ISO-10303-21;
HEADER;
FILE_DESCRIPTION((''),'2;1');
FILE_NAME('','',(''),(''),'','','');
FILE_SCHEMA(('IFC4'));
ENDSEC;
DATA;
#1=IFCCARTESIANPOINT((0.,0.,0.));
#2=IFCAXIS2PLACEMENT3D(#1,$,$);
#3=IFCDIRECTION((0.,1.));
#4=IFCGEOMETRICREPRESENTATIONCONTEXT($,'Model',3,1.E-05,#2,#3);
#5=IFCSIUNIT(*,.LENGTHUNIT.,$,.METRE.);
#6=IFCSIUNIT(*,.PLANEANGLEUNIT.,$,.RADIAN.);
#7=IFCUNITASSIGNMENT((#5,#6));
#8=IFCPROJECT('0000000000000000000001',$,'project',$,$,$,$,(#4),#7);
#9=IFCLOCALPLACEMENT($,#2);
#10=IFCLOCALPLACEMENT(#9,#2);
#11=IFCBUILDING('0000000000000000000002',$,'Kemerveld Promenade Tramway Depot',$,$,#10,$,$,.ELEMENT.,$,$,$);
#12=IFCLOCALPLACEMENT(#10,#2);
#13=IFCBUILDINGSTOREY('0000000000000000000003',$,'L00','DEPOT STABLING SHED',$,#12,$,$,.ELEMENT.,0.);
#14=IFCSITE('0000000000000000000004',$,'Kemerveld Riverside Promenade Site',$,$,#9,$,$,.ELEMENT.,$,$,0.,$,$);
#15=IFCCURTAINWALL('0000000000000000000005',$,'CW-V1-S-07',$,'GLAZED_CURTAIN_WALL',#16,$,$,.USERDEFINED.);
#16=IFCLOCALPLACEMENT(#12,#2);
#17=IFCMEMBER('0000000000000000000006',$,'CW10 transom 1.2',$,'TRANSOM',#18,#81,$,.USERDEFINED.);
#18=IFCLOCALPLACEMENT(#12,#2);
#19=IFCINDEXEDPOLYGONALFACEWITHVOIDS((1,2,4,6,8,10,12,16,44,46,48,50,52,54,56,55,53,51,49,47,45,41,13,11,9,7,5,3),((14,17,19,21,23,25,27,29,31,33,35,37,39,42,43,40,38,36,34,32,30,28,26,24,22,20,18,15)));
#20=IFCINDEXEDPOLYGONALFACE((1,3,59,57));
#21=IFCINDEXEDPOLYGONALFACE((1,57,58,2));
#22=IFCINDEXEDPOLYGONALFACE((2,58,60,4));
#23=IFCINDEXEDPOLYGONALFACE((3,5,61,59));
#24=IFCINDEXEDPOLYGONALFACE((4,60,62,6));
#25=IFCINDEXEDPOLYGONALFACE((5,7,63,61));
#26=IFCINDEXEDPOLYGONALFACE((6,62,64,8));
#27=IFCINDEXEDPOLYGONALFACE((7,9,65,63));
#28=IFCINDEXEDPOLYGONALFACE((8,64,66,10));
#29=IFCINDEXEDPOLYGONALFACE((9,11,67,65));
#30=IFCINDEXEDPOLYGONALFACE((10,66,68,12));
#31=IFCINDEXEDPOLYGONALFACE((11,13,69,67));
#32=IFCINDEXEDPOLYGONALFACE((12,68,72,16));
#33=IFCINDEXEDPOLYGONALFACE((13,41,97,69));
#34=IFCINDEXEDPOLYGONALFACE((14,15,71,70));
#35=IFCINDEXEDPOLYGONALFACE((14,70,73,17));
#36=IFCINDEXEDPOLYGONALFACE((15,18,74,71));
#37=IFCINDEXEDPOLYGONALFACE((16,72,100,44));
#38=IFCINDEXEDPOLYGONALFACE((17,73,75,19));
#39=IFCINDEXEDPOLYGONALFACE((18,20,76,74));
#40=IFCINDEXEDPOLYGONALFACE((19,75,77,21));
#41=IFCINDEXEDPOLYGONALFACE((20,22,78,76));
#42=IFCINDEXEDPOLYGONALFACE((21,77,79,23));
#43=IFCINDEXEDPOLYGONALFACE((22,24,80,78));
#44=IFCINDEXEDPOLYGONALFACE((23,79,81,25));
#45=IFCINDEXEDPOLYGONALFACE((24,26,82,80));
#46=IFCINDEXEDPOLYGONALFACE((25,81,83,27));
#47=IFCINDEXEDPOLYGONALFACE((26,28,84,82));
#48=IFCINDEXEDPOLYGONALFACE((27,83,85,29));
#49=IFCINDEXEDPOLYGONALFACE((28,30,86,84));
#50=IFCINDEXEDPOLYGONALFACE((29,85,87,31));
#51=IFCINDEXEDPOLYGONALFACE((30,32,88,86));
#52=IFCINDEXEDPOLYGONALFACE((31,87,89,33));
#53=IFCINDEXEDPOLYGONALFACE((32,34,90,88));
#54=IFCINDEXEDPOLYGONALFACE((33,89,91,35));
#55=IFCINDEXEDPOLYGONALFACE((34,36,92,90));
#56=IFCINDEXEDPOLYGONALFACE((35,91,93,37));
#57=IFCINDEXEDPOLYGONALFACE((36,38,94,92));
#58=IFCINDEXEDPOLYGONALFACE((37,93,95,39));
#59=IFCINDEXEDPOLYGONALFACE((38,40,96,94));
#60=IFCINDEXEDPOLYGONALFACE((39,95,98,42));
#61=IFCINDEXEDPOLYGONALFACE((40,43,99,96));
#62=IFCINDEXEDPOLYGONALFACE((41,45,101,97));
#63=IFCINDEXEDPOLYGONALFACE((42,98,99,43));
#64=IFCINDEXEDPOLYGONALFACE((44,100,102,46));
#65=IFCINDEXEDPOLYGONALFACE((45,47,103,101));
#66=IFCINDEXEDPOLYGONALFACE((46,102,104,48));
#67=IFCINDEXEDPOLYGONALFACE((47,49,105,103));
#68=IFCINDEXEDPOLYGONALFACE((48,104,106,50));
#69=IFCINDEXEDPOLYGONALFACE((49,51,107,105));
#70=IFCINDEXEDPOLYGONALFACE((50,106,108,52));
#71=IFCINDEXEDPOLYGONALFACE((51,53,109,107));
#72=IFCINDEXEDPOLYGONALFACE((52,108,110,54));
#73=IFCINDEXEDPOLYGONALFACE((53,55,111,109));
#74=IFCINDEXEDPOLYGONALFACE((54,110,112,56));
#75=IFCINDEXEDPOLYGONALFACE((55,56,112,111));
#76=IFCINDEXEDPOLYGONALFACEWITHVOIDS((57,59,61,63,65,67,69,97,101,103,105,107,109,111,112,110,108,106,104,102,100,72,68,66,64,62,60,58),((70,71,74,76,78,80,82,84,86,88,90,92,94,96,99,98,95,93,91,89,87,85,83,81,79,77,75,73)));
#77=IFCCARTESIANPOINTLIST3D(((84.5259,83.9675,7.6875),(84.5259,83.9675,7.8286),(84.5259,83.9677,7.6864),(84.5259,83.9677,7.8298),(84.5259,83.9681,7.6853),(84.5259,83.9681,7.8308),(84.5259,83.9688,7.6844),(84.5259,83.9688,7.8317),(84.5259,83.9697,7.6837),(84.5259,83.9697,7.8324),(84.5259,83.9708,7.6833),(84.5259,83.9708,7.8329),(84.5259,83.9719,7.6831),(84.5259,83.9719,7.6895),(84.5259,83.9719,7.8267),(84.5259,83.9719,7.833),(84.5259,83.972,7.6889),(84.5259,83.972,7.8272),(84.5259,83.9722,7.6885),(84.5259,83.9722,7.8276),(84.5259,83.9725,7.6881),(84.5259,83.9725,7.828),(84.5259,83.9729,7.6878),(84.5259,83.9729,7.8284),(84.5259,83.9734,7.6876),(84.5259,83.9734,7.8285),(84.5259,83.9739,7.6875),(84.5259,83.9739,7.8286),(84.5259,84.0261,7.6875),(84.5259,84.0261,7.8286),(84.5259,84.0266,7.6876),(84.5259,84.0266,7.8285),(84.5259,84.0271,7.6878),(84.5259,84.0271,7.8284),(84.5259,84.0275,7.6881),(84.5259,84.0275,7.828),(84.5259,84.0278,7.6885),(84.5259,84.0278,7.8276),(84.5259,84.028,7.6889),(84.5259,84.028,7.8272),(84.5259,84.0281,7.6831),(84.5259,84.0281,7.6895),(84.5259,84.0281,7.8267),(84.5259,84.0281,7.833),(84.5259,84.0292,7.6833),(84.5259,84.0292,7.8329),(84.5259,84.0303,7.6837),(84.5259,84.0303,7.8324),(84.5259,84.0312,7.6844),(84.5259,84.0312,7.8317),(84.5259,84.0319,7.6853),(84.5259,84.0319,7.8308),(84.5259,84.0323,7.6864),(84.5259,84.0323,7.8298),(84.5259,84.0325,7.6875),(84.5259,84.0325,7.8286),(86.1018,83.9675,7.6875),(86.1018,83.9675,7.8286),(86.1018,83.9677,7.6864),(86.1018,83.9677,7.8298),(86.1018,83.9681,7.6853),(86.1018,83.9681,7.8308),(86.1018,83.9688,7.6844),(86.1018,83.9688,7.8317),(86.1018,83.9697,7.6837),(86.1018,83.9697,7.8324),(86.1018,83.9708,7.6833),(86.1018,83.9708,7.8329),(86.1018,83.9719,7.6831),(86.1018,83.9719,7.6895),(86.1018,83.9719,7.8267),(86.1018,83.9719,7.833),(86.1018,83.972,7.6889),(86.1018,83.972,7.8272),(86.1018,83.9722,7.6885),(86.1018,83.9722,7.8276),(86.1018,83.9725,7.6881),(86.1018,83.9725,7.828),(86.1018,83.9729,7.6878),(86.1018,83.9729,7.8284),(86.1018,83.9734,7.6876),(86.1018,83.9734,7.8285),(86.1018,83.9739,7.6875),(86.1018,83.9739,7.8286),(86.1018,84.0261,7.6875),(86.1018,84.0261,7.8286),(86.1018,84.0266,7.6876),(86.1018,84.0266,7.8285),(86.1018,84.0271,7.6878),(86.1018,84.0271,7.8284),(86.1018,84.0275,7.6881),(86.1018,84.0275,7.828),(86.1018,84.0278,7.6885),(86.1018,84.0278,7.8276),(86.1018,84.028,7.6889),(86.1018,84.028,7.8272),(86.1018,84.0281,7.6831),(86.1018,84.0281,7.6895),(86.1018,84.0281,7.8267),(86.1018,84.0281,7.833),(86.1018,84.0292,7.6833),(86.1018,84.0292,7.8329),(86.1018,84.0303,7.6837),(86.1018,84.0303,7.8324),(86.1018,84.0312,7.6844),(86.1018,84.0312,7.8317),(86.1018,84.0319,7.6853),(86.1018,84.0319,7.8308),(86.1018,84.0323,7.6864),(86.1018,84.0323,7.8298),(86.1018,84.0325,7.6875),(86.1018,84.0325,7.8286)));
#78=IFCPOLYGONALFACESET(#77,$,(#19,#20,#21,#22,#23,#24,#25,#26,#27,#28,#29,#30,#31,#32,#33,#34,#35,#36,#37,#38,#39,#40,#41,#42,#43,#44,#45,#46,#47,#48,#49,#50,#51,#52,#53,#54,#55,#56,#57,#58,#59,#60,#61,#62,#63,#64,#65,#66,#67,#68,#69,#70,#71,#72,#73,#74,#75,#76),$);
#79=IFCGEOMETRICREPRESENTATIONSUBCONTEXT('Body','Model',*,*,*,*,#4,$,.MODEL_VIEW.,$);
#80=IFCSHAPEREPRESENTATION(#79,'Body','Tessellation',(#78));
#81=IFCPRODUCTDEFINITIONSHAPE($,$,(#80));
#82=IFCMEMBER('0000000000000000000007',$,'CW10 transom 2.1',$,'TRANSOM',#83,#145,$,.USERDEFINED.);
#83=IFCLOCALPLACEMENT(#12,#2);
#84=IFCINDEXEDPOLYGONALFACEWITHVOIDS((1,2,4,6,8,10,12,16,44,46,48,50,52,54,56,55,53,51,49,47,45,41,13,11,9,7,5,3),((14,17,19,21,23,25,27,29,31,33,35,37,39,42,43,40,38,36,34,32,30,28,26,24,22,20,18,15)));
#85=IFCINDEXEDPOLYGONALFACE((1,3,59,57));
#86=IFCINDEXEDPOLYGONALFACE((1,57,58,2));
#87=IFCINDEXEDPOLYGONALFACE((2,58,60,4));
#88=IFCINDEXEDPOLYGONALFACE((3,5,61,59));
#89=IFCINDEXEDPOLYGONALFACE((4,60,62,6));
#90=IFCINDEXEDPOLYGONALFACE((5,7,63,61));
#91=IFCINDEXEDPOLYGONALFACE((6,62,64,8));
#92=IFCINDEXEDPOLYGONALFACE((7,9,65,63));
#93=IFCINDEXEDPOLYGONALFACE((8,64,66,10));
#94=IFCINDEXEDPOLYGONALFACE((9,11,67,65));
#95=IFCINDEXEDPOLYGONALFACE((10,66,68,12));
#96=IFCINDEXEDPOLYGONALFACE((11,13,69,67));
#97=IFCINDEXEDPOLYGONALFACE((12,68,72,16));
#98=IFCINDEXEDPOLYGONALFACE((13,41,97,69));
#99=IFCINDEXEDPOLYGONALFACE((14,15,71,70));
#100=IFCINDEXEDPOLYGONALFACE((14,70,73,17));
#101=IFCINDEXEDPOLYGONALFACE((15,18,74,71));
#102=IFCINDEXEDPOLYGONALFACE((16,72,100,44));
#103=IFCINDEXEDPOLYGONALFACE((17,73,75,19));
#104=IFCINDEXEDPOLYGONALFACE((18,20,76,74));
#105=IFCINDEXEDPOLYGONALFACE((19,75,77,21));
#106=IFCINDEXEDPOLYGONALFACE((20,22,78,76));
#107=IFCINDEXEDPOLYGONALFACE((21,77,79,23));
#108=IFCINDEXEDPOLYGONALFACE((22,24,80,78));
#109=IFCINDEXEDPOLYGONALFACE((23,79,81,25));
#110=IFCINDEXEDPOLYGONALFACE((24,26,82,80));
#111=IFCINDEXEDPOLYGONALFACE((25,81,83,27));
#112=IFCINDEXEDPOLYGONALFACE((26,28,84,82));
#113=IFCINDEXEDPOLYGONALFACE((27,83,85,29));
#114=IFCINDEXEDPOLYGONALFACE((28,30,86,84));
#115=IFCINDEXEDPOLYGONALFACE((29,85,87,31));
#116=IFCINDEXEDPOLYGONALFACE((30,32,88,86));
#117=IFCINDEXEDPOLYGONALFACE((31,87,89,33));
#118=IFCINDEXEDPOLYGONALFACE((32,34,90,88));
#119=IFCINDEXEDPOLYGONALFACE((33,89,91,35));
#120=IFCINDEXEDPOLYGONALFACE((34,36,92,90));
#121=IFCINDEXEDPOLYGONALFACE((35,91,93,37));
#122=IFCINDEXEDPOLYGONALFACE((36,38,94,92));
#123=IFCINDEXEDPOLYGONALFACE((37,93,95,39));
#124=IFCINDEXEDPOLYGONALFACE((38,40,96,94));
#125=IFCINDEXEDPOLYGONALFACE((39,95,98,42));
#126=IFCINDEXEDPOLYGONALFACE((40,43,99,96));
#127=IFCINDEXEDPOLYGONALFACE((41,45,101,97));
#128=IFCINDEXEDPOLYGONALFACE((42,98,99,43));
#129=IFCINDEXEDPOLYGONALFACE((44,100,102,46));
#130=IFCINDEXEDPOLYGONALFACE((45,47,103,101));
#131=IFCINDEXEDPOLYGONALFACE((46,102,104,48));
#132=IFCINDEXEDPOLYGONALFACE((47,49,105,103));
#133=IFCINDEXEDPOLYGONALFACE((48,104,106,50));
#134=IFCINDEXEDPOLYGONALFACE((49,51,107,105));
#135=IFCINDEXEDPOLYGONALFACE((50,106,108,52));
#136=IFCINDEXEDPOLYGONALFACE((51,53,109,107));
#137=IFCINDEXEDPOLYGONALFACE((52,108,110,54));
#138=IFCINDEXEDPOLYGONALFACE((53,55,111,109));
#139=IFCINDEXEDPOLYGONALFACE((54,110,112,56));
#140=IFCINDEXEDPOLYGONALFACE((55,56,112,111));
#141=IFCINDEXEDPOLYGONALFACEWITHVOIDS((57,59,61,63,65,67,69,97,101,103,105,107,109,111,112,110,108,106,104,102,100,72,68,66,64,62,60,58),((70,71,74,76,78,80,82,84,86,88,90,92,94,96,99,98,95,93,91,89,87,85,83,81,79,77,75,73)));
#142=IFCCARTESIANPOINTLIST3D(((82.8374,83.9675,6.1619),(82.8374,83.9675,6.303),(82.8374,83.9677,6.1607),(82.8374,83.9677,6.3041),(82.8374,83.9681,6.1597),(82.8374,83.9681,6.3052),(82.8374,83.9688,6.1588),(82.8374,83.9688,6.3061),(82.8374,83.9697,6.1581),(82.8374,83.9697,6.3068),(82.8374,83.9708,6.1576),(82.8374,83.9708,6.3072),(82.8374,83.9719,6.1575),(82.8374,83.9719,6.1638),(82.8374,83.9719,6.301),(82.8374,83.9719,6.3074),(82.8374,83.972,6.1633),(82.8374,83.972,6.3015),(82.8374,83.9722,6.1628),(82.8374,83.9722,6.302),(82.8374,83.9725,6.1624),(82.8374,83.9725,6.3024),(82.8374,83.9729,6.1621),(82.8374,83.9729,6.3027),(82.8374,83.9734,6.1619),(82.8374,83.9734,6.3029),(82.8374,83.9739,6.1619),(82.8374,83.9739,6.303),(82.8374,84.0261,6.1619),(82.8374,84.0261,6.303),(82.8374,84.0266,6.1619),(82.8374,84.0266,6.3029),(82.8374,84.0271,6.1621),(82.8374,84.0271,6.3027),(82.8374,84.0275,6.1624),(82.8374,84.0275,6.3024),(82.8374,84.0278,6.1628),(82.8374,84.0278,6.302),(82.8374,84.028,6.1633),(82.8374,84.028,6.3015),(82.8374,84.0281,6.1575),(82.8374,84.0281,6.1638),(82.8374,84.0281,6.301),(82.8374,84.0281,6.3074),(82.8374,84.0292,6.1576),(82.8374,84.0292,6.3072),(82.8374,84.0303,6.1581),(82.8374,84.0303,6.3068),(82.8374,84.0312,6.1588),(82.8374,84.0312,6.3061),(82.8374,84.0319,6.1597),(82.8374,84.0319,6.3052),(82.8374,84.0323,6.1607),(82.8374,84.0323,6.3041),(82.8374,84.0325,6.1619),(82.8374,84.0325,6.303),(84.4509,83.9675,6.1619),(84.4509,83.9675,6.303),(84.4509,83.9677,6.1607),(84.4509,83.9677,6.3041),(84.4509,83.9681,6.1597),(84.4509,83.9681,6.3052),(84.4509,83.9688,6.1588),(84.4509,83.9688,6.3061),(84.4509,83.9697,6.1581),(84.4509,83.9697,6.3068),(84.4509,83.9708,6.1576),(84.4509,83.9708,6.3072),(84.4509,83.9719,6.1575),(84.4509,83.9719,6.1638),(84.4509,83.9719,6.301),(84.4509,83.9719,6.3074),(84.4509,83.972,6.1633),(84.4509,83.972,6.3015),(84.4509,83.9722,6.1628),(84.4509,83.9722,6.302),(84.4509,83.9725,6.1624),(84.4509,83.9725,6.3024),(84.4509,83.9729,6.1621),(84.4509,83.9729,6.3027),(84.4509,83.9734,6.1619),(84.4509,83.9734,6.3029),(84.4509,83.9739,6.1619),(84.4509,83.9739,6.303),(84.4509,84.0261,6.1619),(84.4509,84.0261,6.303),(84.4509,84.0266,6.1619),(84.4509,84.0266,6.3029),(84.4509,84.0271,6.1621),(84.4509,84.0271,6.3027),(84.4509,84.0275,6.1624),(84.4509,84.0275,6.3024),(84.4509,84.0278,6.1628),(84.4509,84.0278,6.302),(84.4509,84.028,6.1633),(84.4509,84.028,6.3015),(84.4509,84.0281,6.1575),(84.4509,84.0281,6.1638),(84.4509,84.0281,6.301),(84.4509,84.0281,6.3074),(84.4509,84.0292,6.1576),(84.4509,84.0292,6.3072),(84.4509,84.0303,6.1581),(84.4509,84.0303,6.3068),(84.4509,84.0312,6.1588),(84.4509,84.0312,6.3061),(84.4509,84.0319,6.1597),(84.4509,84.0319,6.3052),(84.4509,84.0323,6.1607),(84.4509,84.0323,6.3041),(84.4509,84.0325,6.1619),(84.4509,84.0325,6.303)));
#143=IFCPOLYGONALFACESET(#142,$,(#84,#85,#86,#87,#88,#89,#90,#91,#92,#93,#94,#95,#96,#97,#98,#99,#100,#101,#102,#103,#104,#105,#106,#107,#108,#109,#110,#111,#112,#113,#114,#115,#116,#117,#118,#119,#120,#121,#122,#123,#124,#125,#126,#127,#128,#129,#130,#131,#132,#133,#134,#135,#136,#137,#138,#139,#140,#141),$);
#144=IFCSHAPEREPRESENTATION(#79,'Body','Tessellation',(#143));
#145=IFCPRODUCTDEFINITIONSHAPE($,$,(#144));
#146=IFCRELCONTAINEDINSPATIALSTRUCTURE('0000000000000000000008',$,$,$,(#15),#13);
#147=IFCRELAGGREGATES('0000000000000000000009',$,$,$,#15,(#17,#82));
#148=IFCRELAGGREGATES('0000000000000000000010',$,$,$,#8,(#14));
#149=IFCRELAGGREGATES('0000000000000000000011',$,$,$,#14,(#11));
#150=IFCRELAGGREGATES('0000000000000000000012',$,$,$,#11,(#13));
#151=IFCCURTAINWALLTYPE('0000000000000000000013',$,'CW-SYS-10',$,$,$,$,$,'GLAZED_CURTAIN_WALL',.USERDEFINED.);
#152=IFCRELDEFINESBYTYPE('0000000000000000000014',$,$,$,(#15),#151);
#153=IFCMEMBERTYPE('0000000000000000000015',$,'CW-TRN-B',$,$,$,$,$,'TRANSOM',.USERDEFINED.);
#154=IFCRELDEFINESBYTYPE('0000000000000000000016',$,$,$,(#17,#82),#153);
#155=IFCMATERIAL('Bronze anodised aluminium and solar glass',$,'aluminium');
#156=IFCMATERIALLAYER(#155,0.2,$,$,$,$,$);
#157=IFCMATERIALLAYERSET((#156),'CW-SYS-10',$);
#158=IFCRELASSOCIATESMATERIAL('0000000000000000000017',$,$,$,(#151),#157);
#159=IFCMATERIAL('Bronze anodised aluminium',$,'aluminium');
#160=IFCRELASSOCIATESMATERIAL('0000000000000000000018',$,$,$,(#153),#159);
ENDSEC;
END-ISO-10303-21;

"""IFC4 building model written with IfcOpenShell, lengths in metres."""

from ifc_helpers import new_model, si_unit, direction, frame, origin, origin_2d, place, context, subcontext, project, spatial, hollow_rectangle, extrude, material, layer, layer_set, material_profile, profile_set, type_object, element, aggregate, save


model = new_model("IFC4")

# Units and contexts
model_context = context("Model", 3, precision=1e-05, world=origin(), true_north=direction((0.0, 1.0)))
body_context = subcontext(model_context, "Body", "Model", "MODEL_VIEW")
ifc_project = project(units=[si_unit("LENGTHUNIT", "METRE"), si_unit("PLANEANGLEUNIT", "RADIAN")], contexts=[model_context])

# Site, building, storey
site_placement = place(None, origin())
site = spatial("IfcSite", under=ifc_project, at=site_placement, Name="Kemerveld Riverside Promenade Site", CompositionType="ELEMENT", RefElevation=0.0)
building_placement = place(site_placement, origin())
building = spatial("IfcBuilding", under=site, at=building_placement, Name="Kemerveld Promenade Tramway Depot", CompositionType="ELEMENT")
storey_placement = place(building_placement, origin())
storey = spatial("IfcBuildingStorey", under=building, at=storey_placement, Name="L00", Description="DEPOT STABLING SHED", CompositionType="ELEMENT", Elevation=0.0)

# Curtain wall
ifc_material_1 = material(Name="Bronze anodised aluminium and solar glass", Category="aluminium")
ifc_material_2 = material(Name="Bronze anodised aluminium", Category="aluminium")
ifc_layer_1 = layer(ifc_material_1, 0.2)
ifc_layer_set_1 = layer_set([ifc_layer_1], Name="CW-SYS-10")
curtain_wall_type_1 = type_object("IfcCurtainWallType", Name="CW-SYS-10", ElementType="GLAZED_CURTAIN_WALL", PredefinedType="USERDEFINED", material=ifc_layer_set_1)
curtain_wall_1_placement = place(storey_placement, origin())
curtain_wall_1 = element("IfcCurtainWall", 1, at=curtain_wall_1_placement, inside=storey, type_object=curtain_wall_type_1, Name="CW-V1-S-07", ObjectType="GLAZED_CURTAIN_WALL", PredefinedType="USERDEFINED")

# Members
ifc_material_profile_1 = material_profile(ifc_material_2, hollow_rectangle(XDim=0.0649, YDim=0.1499, WallThickness=0.0044, InnerFilletRadius=0.002, OuterFilletRadius=0.0044, at=origin_2d()), Name="CW-TRN-150x65")
ifc_profile_set_1 = profile_set([ifc_material_profile_1], Name="Bronze anodised aluminium")
member_type_1 = type_object("IfcMemberType", Name="CW-TRN-B", ElementType="TRANSOM", PredefinedType="USERDEFINED", material=ifc_profile_set_1)
member_1_placement = place(storey_placement, frame((86.1018, 84.0, 7.7581), z_axis=(-1.0, 0.0, 0.0), x_axis=(0.0, -1.0, 0.0)))
member_1 = element("IfcMember", 2, at=member_1_placement, type_object=member_type_1, Name="CW10 transom 1.2", ObjectType="TRANSOM", PredefinedType="USERDEFINED", context=body_context, shape_type="SweptSolid", body=[
    extrude(hollow_rectangle(XDim=0.0649, YDim=0.1499, WallThickness=0.0044, InnerFilletRadius=0.002, OuterFilletRadius=0.0044, at=origin_2d()), origin(), (0.0, 0.0, 1.0), 1.5759),
])
member_2_placement = place(storey_placement, frame((84.4509, 84.0, 6.2324), z_axis=(-1.0, 0.0, 0.0), x_axis=(0.0, -1.0, 0.0)))
member_2 = element("IfcMember", 3, at=member_2_placement, type_object=member_type_1, Name="CW10 transom 2.1", ObjectType="TRANSOM", PredefinedType="USERDEFINED", context=body_context, shape_type="SweptSolid", body=[
    extrude(hollow_rectangle(XDim=0.0649, YDim=0.1499, WallThickness=0.0044, InnerFilletRadius=0.002, OuterFilletRadius=0.0044, at=origin_2d()), origin(), (0.0, 0.0, 1.0), 1.6135),
])

aggregate(curtain_wall_1, [member_1, member_2])

save(model, "model.ifc")
